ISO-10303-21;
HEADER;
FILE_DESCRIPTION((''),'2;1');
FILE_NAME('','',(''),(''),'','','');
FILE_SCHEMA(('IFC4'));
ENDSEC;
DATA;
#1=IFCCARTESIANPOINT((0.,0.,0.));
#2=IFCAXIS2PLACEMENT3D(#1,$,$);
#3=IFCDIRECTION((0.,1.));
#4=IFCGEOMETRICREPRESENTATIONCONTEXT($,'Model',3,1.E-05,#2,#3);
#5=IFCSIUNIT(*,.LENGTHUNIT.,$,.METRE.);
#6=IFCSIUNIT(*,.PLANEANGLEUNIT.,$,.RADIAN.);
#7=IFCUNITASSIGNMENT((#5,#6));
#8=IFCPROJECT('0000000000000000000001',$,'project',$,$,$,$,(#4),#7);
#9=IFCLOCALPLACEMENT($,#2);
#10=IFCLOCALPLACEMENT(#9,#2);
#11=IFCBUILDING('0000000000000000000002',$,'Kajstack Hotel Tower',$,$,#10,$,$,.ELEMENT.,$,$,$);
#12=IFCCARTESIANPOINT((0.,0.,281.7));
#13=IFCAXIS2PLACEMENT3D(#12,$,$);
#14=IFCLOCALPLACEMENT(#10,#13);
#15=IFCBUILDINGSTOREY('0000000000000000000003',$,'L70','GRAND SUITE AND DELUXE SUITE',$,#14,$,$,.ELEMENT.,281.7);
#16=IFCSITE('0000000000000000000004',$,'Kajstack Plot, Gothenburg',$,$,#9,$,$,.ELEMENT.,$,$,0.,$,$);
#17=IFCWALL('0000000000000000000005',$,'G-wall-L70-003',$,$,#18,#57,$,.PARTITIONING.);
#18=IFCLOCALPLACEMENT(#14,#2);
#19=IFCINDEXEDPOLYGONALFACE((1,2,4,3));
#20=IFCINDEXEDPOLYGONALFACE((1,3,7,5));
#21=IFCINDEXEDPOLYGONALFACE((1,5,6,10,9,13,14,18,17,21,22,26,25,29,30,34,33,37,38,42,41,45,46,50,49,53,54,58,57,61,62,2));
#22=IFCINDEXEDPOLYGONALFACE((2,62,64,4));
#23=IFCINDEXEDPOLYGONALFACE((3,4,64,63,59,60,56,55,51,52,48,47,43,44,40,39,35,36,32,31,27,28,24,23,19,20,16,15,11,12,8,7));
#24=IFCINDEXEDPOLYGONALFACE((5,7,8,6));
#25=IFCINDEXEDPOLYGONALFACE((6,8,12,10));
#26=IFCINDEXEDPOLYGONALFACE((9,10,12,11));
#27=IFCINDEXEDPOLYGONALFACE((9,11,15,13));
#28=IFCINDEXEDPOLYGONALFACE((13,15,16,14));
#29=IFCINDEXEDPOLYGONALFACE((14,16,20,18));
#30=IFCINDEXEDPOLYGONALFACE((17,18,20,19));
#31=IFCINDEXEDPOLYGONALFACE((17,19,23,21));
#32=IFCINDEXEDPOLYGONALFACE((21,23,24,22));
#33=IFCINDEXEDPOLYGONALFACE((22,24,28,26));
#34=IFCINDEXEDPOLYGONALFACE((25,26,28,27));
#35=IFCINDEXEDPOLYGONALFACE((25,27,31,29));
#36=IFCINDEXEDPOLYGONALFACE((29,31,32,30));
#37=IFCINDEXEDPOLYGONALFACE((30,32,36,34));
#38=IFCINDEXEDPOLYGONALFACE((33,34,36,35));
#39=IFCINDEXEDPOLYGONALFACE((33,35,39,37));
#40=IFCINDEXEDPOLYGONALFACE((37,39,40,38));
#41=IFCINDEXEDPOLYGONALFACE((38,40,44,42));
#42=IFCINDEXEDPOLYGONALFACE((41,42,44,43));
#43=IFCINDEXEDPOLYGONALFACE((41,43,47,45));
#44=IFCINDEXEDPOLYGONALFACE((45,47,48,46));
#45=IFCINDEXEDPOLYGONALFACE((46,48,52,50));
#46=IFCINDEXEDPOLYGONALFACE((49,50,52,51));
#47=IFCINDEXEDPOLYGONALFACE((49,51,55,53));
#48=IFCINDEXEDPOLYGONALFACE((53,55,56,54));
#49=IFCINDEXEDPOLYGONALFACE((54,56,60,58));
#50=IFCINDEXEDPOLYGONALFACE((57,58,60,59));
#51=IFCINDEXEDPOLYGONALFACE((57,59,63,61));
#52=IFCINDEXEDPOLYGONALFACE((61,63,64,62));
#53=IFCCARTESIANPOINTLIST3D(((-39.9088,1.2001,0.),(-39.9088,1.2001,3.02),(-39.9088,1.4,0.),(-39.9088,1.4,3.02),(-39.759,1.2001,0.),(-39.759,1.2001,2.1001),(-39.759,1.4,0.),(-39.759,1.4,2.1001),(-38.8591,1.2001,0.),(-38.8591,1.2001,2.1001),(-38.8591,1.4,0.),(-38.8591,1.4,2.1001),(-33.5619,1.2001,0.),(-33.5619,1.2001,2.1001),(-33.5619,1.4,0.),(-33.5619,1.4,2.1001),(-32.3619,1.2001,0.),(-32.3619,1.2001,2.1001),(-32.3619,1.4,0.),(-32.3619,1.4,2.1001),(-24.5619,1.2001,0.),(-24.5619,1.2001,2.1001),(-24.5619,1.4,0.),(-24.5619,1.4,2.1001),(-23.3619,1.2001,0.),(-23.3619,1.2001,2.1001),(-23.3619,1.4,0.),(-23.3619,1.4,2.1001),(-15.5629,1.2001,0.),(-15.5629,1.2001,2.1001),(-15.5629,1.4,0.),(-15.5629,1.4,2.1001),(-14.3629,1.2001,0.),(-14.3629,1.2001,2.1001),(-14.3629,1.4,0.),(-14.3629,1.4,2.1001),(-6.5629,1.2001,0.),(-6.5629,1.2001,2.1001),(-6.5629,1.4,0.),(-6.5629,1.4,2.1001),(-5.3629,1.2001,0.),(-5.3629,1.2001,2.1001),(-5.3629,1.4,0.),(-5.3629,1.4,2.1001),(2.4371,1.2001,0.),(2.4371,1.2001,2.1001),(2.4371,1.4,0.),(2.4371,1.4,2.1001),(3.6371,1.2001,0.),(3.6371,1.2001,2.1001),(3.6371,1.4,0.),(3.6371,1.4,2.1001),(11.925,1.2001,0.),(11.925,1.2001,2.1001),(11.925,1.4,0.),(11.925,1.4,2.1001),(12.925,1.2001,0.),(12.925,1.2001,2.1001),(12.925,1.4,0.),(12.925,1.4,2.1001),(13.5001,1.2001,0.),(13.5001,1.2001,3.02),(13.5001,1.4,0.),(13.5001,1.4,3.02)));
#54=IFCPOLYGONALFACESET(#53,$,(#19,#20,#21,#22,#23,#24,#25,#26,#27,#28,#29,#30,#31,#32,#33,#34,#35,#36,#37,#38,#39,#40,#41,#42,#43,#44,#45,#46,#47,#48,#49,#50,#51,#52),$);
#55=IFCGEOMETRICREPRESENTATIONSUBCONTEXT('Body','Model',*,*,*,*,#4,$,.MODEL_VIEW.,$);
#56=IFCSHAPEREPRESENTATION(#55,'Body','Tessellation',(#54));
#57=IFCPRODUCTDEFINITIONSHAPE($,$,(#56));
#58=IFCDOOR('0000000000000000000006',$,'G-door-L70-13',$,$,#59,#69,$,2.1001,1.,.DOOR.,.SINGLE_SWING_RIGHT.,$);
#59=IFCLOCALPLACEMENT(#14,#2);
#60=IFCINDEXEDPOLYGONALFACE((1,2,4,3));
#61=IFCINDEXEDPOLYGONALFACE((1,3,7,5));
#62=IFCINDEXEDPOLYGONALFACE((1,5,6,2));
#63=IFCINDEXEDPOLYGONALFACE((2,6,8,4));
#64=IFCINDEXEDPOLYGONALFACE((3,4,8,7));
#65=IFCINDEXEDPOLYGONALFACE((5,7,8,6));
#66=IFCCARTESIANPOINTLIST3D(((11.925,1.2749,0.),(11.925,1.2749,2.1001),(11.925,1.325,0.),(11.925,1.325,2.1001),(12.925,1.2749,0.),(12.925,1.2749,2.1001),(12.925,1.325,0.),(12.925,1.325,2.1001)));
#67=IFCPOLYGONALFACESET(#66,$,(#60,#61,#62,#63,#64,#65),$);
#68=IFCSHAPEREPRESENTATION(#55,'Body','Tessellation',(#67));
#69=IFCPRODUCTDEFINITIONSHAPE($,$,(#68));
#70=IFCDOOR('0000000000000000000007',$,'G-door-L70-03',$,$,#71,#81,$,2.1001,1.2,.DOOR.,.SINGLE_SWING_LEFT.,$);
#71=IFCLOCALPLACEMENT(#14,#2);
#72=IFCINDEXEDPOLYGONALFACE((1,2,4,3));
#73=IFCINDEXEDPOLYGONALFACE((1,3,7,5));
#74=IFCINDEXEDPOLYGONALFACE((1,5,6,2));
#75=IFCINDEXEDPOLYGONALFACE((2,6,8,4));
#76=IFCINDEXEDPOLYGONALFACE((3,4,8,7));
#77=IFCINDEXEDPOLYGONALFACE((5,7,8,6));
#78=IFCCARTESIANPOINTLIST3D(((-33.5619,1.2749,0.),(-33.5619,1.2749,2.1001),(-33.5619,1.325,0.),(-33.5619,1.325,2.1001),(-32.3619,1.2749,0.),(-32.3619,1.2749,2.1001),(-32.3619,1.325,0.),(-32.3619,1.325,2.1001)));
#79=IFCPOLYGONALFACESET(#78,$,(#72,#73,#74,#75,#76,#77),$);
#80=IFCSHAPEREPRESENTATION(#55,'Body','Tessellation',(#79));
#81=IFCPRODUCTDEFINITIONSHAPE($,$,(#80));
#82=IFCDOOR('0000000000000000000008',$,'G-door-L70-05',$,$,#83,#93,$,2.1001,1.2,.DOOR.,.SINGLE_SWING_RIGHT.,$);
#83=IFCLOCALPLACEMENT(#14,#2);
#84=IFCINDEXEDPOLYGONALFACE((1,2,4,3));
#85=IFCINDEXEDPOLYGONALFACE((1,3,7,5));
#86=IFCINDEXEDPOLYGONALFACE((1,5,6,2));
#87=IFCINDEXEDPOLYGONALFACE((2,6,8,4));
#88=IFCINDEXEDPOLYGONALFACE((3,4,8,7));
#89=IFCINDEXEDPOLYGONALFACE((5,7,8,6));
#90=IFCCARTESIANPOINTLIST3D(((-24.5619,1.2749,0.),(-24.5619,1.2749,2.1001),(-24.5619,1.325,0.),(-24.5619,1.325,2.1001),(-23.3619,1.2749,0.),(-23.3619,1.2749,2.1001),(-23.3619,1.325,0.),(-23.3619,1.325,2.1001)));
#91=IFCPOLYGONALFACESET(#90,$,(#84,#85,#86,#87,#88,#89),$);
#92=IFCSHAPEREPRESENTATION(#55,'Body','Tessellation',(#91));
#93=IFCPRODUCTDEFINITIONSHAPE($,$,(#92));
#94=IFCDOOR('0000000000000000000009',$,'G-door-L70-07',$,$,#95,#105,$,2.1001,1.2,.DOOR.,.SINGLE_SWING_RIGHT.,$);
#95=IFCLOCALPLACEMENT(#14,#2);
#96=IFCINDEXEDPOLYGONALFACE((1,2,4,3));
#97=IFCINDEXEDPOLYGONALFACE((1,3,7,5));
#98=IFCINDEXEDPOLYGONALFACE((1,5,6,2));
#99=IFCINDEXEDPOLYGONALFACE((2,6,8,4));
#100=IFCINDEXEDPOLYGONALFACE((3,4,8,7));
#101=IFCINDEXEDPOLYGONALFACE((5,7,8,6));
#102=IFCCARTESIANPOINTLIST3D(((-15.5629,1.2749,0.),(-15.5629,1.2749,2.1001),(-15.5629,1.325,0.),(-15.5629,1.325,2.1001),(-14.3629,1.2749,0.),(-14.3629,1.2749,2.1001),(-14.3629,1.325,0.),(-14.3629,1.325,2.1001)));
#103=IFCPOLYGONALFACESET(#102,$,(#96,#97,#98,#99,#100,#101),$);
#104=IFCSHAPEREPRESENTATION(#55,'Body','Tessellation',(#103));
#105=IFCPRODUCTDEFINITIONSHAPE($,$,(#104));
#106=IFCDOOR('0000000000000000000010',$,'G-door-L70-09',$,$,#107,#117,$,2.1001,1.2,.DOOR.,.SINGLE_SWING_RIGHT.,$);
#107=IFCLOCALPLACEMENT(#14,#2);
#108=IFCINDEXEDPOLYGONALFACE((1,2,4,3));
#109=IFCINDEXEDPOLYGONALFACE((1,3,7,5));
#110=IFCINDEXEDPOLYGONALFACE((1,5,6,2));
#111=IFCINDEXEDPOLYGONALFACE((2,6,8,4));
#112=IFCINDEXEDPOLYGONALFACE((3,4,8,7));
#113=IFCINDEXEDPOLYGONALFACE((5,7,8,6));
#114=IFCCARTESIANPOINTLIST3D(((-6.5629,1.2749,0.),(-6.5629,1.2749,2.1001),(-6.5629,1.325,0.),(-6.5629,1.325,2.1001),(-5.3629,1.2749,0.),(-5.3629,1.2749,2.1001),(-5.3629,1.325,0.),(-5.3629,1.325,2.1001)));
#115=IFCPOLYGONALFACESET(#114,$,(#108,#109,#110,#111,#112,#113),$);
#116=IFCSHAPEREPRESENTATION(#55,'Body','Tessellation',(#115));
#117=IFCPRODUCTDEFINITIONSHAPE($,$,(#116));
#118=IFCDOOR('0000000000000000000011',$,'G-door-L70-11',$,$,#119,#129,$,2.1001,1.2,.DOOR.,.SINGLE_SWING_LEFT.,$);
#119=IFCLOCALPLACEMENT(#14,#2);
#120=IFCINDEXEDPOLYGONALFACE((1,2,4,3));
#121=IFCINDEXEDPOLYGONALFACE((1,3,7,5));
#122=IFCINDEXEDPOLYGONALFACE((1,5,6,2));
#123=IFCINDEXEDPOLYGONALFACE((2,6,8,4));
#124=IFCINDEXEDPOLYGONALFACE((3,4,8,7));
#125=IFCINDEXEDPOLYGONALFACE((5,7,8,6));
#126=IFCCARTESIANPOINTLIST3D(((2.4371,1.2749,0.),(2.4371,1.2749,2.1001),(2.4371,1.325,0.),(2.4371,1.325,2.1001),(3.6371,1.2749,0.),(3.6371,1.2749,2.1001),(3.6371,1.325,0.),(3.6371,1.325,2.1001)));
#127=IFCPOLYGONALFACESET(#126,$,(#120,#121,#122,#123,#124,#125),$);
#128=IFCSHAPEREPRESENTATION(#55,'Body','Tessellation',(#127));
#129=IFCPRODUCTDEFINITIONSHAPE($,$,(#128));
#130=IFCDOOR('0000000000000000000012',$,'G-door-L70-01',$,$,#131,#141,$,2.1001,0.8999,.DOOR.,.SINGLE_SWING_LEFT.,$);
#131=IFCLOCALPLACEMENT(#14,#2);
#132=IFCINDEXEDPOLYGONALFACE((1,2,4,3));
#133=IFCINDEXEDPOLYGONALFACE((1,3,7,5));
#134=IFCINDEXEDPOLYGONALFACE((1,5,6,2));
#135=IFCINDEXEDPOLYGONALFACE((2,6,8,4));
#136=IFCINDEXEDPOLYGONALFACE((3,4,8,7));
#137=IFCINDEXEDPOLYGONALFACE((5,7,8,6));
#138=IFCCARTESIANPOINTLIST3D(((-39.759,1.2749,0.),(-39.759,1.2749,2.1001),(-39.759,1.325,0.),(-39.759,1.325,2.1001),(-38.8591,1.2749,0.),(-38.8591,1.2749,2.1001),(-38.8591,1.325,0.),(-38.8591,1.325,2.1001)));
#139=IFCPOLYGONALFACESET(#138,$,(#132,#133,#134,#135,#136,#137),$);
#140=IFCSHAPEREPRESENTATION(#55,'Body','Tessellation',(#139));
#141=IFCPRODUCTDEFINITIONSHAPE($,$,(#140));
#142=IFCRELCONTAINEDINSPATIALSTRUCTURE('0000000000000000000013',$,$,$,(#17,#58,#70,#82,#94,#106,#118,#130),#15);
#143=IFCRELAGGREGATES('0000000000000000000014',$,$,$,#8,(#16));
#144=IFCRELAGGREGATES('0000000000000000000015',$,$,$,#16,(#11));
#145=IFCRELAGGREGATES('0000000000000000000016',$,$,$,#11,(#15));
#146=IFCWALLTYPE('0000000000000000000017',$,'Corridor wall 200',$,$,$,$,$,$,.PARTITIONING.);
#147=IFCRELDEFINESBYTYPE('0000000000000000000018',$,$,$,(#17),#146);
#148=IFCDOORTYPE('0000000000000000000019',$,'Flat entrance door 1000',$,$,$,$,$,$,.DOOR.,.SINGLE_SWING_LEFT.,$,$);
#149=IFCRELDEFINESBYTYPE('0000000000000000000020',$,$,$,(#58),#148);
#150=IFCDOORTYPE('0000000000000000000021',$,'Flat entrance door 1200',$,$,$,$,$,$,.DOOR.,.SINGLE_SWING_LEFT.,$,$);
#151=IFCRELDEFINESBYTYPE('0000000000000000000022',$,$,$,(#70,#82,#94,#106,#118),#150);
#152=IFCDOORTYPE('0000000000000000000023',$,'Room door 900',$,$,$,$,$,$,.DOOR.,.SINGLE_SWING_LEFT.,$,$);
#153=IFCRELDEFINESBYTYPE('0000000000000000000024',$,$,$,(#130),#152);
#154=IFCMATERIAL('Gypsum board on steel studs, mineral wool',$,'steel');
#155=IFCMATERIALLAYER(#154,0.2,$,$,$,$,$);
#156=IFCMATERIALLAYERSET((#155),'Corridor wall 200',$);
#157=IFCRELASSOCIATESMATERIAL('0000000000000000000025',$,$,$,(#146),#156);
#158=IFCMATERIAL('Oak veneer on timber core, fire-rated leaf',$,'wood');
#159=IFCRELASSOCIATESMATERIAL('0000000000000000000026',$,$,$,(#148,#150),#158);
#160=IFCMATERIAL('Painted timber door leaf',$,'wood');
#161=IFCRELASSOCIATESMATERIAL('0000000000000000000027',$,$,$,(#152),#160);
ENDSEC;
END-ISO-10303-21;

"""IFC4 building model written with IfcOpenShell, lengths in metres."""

from ifc_helpers import new_model, si_unit, direction, frame, frame_2d, origin, place, context, subcontext, project, spatial, rectangle, extrude, material, layer, layer_set, type_object, element, fill, save


model = new_model("IFC4")

# Units and contexts
model_context = context("Model", 3, precision=1e-05, world=origin(), true_north=direction((0.0, 1.0)))
body_context = subcontext(model_context, "Body", "Model", "MODEL_VIEW")
ifc_project = project(units=[si_unit("LENGTHUNIT", "METRE"), si_unit("PLANEANGLEUNIT", "RADIAN")], contexts=[model_context])

# Site, building, storey
site_placement = place(None, origin())
site = spatial("IfcSite", under=ifc_project, at=site_placement, Name="Kajstack Plot, Gothenburg", CompositionType="ELEMENT", RefElevation=0.0)
building_placement = place(site_placement, origin())
building = spatial("IfcBuilding", under=site, at=building_placement, Name="Kajstack Hotel Tower", CompositionType="ELEMENT")
storey_placement = place(building_placement, frame((0.0, 0.0, 281.7)))
storey = spatial("IfcBuildingStorey", under=building, at=storey_placement, Name="L70", Description="GRAND SUITE AND DELUXE SUITE", CompositionType="ELEMENT", Elevation=281.7)

# Wall, openings, doors
ifc_material_1 = material(Name="Gypsum board on steel studs, mineral wool", Category="steel")
ifc_layer_1 = layer(ifc_material_1, 0.2)
ifc_layer_set_1 = layer_set([ifc_layer_1], Name="Corridor wall 200")
wall_type_1 = type_object("IfcWallType", Name="Corridor wall 200", PredefinedType="PARTITIONING", material=ifc_layer_set_1)
wall_1_placement = place(storey_placement, frame((-39.9089, 1.3, 0.0), z_axis=(0.0, 0.0, 1.0), x_axis=(1.0, 0.0, 0.0)))
wall_1 = element("IfcWall", 1, at=wall_1_placement, inside=storey, type_object=wall_type_1, Name="G-wall-L70-003", PredefinedType="PARTITIONING", context=body_context, shape_type="SweptSolid", body=[
    extrude(rectangle(XDim=53.4089, YDim=0.2, at=frame_2d((26.7046, 0.0))), origin(), (0.0, 0.0, 1.0), 3.02),
])
opening_1_placement = place(wall_1_placement, frame((0.1499, 0.0, 0.0)))
opening_1 = element("IfcOpeningElement", 2, at=opening_1_placement, cuts=wall_1, PredefinedType="OPENING", context=body_context, shape_type="SweptSolid", body=[
    extrude(rectangle(XDim=0.8999, YDim=2.1001, at=frame_2d((0.45, 1.05))), frame((0.0, 0.1099, 0.0), z_axis=(0.0, -1.0, 0.0), x_axis=(1.0, 0.0, 0.0)), (0.0, 0.0, 1.0), 0.22),
])
opening_2_placement = place(wall_1_placement, frame((6.3469, 0.0, 0.0)))
opening_2 = element("IfcOpeningElement", 3, at=opening_2_placement, cuts=wall_1, PredefinedType="OPENING", context=body_context, shape_type="SweptSolid", body=[
    extrude(rectangle(XDim=1.2, YDim=2.1001, at=frame_2d((0.6001, 1.05))), frame((0.0, 0.1099, 0.0), z_axis=(0.0, -1.0, 0.0), x_axis=(1.0, 0.0, 0.0)), (0.0, 0.0, 1.0), 0.22),
])
opening_3_placement = place(wall_1_placement, frame((15.3469, 0.0, 0.0)))
opening_3 = element("IfcOpeningElement", 4, at=opening_3_placement, cuts=wall_1, PredefinedType="OPENING", context=body_context, shape_type="SweptSolid", body=[
    extrude(rectangle(XDim=1.2, YDim=2.1001, at=frame_2d((0.6001, 1.05))), frame((0.0, 0.1099, 0.0), z_axis=(0.0, -1.0, 0.0), x_axis=(1.0, 0.0, 0.0)), (0.0, 0.0, 1.0), 0.22),
])
opening_4_placement = place(wall_1_placement, frame((24.3459, 0.0, 0.0)))
opening_4 = element("IfcOpeningElement", 5, at=opening_4_placement, cuts=wall_1, PredefinedType="OPENING", context=body_context, shape_type="SweptSolid", body=[
    extrude(rectangle(XDim=1.2, YDim=2.1001, at=frame_2d((0.6001, 1.05))), frame((0.0, 0.1099, 0.0), z_axis=(0.0, -1.0, 0.0), x_axis=(1.0, 0.0, 0.0)), (0.0, 0.0, 1.0), 0.22),
])
opening_5_placement = place(wall_1_placement, frame((33.3459, 0.0, 0.0)))
opening_5 = element("IfcOpeningElement", 6, at=opening_5_placement, cuts=wall_1, PredefinedType="OPENING", context=body_context, shape_type="SweptSolid", body=[
    extrude(rectangle(XDim=1.2, YDim=2.1001, at=frame_2d((0.6001, 1.05))), frame((0.0, 0.1099, 0.0), z_axis=(0.0, -1.0, 0.0), x_axis=(1.0, 0.0, 0.0)), (0.0, 0.0, 1.0), 0.22),
])
opening_6_placement = place(wall_1_placement, frame((42.3459, 0.0, 0.0)))
opening_6 = element("IfcOpeningElement", 7, at=opening_6_placement, cuts=wall_1, PredefinedType="OPENING", context=body_context, shape_type="SweptSolid", body=[
    extrude(rectangle(XDim=1.2, YDim=2.1001, at=frame_2d((0.6001, 1.05))), frame((0.0, 0.1099, 0.0), z_axis=(0.0, -1.0, 0.0), x_axis=(1.0, 0.0, 0.0)), (0.0, 0.0, 1.0), 0.22),
])
opening_7_placement = place(wall_1_placement, frame((51.834, 0.0, 0.0)))
opening_7 = element("IfcOpeningElement", 8, at=opening_7_placement, cuts=wall_1, PredefinedType="OPENING", context=body_context, shape_type="SweptSolid", body=[
    extrude(rectangle(XDim=1.0, YDim=2.1001, at=frame_2d((0.5, 1.05))), frame((0.0, 0.1099, 0.0), z_axis=(0.0, -1.0, 0.0), x_axis=(1.0, 0.0, 0.0)), (0.0, 0.0, 1.0), 0.22),
])
ifc_material_2 = material(Name="Oak veneer on timber core, fire-rated leaf", Category="wood")
door_type_1 = type_object("IfcDoorType", Name="Flat entrance door 1000", OperationType="SINGLE_SWING_LEFT", PredefinedType="DOOR", material=ifc_material_2)
door_1_placement = place(opening_7_placement, origin())
door_1 = element("IfcDoor", 9, at=door_1_placement, inside=storey, type_object=door_type_1, Name="G-door-L70-13", OperationType="SINGLE_SWING_RIGHT", OverallHeight=2.1001, OverallWidth=1.0, PredefinedType="DOOR", context=body_context, shape_type="SweptSolid", body=[
    extrude(rectangle(XDim=1.0, YDim=2.1001, at=frame_2d((0.5, 1.05))), frame((0.0, 0.0249, 0.0), z_axis=(0.0, -1.0, 0.0), x_axis=(1.0, 0.0, 0.0)), (0.0, 0.0, 1.0), 0.05),
])
fill(opening_7, door_1)
door_type_2 = type_object("IfcDoorType", Name="Flat entrance door 1200", OperationType="SINGLE_SWING_LEFT", PredefinedType="DOOR", material=ifc_material_2)
door_2_placement = place(opening_2_placement, origin())
door_2 = element("IfcDoor", 10, at=door_2_placement, inside=storey, type_object=door_type_2, Name="G-door-L70-03", OperationType="SINGLE_SWING_LEFT", OverallHeight=2.1001, OverallWidth=1.2, PredefinedType="DOOR", context=body_context, shape_type="SweptSolid", body=[
    extrude(rectangle(XDim=1.2, YDim=2.1001, at=frame_2d((0.6001, 1.05))), frame((0.0, 0.0249, 0.0), z_axis=(0.0, -1.0, 0.0), x_axis=(1.0, 0.0, 0.0)), (0.0, 0.0, 1.0), 0.05),
])
fill(opening_2, door_2)
door_3_placement = place(opening_3_placement, origin())
door_3 = element("IfcDoor", 11, at=door_3_placement, inside=storey, type_object=door_type_2, Name="G-door-L70-05", OperationType="SINGLE_SWING_RIGHT", OverallHeight=2.1001, OverallWidth=1.2, PredefinedType="DOOR", context=body_context, shape_type="SweptSolid", body=[
    extrude(rectangle(XDim=1.2, YDim=2.1001, at=frame_2d((0.6001, 1.05))), frame((0.0, 0.0249, 0.0), z_axis=(0.0, -1.0, 0.0), x_axis=(1.0, 0.0, 0.0)), (0.0, 0.0, 1.0), 0.05),
])
fill(opening_3, door_3)
door_4_placement = place(opening_4_placement, origin())
door_4 = element("IfcDoor", 12, at=door_4_placement, inside=storey, type_object=door_type_2, Name="G-door-L70-07", OperationType="SINGLE_SWING_RIGHT", OverallHeight=2.1001, OverallWidth=1.2, PredefinedType="DOOR", context=body_context, shape_type="SweptSolid", body=[
    extrude(rectangle(XDim=1.2, YDim=2.1001, at=frame_2d((0.6001, 1.05))), frame((0.0, 0.0249, 0.0), z_axis=(0.0, -1.0, 0.0), x_axis=(1.0, 0.0, 0.0)), (0.0, 0.0, 1.0), 0.05),
])
fill(opening_4, door_4)
door_5_placement = place(opening_5_placement, origin())
door_5 = element("IfcDoor", 13, at=door_5_placement, inside=storey, type_object=door_type_2, Name="G-door-L70-09", OperationType="SINGLE_SWING_RIGHT", OverallHeight=2.1001, OverallWidth=1.2, PredefinedType="DOOR", context=body_context, shape_type="SweptSolid", body=[
    extrude(rectangle(XDim=1.2, YDim=2.1001, at=frame_2d((0.6001, 1.05))), frame((0.0, 0.0249, 0.0), z_axis=(0.0, -1.0, 0.0), x_axis=(1.0, 0.0, 0.0)), (0.0, 0.0, 1.0), 0.05),
])
fill(opening_5, door_5)
door_6_placement = place(opening_6_placement, origin())
door_6 = element("IfcDoor", 14, at=door_6_placement, inside=storey, type_object=door_type_2, Name="G-door-L70-11", OperationType="SINGLE_SWING_LEFT", OverallHeight=2.1001, OverallWidth=1.2, PredefinedType="DOOR", context=body_context, shape_type="SweptSolid", body=[
    extrude(rectangle(XDim=1.2, YDim=2.1001, at=frame_2d((0.6001, 1.05))), frame((0.0, 0.0249, 0.0), z_axis=(0.0, -1.0, 0.0), x_axis=(1.0, 0.0, 0.0)), (0.0, 0.0, 1.0), 0.05),
])
fill(opening_6, door_6)
ifc_material_3 = material(Name="Painted timber door leaf", Category="wood")
door_type_3 = type_object("IfcDoorType", Name="Room door 900", OperationType="SINGLE_SWING_LEFT", PredefinedType="DOOR", material=ifc_material_3)
door_7_placement = place(opening_1_placement, origin())
door_7 = element("IfcDoor", 15, at=door_7_placement, inside=storey, type_object=door_type_3, Name="G-door-L70-01", OperationType="SINGLE_SWING_LEFT", OverallHeight=2.1001, OverallWidth=0.8999, PredefinedType="DOOR", context=body_context, shape_type="SweptSolid", body=[
    extrude(rectangle(XDim=0.8999, YDim=2.1001, at=frame_2d((0.45, 1.05))), frame((0.0, 0.0249, 0.0), z_axis=(0.0, -1.0, 0.0), x_axis=(1.0, 0.0, 0.0)), (0.0, 0.0, 1.0), 0.05),
])
fill(opening_1, door_7)

save(model, "model.ifc")
